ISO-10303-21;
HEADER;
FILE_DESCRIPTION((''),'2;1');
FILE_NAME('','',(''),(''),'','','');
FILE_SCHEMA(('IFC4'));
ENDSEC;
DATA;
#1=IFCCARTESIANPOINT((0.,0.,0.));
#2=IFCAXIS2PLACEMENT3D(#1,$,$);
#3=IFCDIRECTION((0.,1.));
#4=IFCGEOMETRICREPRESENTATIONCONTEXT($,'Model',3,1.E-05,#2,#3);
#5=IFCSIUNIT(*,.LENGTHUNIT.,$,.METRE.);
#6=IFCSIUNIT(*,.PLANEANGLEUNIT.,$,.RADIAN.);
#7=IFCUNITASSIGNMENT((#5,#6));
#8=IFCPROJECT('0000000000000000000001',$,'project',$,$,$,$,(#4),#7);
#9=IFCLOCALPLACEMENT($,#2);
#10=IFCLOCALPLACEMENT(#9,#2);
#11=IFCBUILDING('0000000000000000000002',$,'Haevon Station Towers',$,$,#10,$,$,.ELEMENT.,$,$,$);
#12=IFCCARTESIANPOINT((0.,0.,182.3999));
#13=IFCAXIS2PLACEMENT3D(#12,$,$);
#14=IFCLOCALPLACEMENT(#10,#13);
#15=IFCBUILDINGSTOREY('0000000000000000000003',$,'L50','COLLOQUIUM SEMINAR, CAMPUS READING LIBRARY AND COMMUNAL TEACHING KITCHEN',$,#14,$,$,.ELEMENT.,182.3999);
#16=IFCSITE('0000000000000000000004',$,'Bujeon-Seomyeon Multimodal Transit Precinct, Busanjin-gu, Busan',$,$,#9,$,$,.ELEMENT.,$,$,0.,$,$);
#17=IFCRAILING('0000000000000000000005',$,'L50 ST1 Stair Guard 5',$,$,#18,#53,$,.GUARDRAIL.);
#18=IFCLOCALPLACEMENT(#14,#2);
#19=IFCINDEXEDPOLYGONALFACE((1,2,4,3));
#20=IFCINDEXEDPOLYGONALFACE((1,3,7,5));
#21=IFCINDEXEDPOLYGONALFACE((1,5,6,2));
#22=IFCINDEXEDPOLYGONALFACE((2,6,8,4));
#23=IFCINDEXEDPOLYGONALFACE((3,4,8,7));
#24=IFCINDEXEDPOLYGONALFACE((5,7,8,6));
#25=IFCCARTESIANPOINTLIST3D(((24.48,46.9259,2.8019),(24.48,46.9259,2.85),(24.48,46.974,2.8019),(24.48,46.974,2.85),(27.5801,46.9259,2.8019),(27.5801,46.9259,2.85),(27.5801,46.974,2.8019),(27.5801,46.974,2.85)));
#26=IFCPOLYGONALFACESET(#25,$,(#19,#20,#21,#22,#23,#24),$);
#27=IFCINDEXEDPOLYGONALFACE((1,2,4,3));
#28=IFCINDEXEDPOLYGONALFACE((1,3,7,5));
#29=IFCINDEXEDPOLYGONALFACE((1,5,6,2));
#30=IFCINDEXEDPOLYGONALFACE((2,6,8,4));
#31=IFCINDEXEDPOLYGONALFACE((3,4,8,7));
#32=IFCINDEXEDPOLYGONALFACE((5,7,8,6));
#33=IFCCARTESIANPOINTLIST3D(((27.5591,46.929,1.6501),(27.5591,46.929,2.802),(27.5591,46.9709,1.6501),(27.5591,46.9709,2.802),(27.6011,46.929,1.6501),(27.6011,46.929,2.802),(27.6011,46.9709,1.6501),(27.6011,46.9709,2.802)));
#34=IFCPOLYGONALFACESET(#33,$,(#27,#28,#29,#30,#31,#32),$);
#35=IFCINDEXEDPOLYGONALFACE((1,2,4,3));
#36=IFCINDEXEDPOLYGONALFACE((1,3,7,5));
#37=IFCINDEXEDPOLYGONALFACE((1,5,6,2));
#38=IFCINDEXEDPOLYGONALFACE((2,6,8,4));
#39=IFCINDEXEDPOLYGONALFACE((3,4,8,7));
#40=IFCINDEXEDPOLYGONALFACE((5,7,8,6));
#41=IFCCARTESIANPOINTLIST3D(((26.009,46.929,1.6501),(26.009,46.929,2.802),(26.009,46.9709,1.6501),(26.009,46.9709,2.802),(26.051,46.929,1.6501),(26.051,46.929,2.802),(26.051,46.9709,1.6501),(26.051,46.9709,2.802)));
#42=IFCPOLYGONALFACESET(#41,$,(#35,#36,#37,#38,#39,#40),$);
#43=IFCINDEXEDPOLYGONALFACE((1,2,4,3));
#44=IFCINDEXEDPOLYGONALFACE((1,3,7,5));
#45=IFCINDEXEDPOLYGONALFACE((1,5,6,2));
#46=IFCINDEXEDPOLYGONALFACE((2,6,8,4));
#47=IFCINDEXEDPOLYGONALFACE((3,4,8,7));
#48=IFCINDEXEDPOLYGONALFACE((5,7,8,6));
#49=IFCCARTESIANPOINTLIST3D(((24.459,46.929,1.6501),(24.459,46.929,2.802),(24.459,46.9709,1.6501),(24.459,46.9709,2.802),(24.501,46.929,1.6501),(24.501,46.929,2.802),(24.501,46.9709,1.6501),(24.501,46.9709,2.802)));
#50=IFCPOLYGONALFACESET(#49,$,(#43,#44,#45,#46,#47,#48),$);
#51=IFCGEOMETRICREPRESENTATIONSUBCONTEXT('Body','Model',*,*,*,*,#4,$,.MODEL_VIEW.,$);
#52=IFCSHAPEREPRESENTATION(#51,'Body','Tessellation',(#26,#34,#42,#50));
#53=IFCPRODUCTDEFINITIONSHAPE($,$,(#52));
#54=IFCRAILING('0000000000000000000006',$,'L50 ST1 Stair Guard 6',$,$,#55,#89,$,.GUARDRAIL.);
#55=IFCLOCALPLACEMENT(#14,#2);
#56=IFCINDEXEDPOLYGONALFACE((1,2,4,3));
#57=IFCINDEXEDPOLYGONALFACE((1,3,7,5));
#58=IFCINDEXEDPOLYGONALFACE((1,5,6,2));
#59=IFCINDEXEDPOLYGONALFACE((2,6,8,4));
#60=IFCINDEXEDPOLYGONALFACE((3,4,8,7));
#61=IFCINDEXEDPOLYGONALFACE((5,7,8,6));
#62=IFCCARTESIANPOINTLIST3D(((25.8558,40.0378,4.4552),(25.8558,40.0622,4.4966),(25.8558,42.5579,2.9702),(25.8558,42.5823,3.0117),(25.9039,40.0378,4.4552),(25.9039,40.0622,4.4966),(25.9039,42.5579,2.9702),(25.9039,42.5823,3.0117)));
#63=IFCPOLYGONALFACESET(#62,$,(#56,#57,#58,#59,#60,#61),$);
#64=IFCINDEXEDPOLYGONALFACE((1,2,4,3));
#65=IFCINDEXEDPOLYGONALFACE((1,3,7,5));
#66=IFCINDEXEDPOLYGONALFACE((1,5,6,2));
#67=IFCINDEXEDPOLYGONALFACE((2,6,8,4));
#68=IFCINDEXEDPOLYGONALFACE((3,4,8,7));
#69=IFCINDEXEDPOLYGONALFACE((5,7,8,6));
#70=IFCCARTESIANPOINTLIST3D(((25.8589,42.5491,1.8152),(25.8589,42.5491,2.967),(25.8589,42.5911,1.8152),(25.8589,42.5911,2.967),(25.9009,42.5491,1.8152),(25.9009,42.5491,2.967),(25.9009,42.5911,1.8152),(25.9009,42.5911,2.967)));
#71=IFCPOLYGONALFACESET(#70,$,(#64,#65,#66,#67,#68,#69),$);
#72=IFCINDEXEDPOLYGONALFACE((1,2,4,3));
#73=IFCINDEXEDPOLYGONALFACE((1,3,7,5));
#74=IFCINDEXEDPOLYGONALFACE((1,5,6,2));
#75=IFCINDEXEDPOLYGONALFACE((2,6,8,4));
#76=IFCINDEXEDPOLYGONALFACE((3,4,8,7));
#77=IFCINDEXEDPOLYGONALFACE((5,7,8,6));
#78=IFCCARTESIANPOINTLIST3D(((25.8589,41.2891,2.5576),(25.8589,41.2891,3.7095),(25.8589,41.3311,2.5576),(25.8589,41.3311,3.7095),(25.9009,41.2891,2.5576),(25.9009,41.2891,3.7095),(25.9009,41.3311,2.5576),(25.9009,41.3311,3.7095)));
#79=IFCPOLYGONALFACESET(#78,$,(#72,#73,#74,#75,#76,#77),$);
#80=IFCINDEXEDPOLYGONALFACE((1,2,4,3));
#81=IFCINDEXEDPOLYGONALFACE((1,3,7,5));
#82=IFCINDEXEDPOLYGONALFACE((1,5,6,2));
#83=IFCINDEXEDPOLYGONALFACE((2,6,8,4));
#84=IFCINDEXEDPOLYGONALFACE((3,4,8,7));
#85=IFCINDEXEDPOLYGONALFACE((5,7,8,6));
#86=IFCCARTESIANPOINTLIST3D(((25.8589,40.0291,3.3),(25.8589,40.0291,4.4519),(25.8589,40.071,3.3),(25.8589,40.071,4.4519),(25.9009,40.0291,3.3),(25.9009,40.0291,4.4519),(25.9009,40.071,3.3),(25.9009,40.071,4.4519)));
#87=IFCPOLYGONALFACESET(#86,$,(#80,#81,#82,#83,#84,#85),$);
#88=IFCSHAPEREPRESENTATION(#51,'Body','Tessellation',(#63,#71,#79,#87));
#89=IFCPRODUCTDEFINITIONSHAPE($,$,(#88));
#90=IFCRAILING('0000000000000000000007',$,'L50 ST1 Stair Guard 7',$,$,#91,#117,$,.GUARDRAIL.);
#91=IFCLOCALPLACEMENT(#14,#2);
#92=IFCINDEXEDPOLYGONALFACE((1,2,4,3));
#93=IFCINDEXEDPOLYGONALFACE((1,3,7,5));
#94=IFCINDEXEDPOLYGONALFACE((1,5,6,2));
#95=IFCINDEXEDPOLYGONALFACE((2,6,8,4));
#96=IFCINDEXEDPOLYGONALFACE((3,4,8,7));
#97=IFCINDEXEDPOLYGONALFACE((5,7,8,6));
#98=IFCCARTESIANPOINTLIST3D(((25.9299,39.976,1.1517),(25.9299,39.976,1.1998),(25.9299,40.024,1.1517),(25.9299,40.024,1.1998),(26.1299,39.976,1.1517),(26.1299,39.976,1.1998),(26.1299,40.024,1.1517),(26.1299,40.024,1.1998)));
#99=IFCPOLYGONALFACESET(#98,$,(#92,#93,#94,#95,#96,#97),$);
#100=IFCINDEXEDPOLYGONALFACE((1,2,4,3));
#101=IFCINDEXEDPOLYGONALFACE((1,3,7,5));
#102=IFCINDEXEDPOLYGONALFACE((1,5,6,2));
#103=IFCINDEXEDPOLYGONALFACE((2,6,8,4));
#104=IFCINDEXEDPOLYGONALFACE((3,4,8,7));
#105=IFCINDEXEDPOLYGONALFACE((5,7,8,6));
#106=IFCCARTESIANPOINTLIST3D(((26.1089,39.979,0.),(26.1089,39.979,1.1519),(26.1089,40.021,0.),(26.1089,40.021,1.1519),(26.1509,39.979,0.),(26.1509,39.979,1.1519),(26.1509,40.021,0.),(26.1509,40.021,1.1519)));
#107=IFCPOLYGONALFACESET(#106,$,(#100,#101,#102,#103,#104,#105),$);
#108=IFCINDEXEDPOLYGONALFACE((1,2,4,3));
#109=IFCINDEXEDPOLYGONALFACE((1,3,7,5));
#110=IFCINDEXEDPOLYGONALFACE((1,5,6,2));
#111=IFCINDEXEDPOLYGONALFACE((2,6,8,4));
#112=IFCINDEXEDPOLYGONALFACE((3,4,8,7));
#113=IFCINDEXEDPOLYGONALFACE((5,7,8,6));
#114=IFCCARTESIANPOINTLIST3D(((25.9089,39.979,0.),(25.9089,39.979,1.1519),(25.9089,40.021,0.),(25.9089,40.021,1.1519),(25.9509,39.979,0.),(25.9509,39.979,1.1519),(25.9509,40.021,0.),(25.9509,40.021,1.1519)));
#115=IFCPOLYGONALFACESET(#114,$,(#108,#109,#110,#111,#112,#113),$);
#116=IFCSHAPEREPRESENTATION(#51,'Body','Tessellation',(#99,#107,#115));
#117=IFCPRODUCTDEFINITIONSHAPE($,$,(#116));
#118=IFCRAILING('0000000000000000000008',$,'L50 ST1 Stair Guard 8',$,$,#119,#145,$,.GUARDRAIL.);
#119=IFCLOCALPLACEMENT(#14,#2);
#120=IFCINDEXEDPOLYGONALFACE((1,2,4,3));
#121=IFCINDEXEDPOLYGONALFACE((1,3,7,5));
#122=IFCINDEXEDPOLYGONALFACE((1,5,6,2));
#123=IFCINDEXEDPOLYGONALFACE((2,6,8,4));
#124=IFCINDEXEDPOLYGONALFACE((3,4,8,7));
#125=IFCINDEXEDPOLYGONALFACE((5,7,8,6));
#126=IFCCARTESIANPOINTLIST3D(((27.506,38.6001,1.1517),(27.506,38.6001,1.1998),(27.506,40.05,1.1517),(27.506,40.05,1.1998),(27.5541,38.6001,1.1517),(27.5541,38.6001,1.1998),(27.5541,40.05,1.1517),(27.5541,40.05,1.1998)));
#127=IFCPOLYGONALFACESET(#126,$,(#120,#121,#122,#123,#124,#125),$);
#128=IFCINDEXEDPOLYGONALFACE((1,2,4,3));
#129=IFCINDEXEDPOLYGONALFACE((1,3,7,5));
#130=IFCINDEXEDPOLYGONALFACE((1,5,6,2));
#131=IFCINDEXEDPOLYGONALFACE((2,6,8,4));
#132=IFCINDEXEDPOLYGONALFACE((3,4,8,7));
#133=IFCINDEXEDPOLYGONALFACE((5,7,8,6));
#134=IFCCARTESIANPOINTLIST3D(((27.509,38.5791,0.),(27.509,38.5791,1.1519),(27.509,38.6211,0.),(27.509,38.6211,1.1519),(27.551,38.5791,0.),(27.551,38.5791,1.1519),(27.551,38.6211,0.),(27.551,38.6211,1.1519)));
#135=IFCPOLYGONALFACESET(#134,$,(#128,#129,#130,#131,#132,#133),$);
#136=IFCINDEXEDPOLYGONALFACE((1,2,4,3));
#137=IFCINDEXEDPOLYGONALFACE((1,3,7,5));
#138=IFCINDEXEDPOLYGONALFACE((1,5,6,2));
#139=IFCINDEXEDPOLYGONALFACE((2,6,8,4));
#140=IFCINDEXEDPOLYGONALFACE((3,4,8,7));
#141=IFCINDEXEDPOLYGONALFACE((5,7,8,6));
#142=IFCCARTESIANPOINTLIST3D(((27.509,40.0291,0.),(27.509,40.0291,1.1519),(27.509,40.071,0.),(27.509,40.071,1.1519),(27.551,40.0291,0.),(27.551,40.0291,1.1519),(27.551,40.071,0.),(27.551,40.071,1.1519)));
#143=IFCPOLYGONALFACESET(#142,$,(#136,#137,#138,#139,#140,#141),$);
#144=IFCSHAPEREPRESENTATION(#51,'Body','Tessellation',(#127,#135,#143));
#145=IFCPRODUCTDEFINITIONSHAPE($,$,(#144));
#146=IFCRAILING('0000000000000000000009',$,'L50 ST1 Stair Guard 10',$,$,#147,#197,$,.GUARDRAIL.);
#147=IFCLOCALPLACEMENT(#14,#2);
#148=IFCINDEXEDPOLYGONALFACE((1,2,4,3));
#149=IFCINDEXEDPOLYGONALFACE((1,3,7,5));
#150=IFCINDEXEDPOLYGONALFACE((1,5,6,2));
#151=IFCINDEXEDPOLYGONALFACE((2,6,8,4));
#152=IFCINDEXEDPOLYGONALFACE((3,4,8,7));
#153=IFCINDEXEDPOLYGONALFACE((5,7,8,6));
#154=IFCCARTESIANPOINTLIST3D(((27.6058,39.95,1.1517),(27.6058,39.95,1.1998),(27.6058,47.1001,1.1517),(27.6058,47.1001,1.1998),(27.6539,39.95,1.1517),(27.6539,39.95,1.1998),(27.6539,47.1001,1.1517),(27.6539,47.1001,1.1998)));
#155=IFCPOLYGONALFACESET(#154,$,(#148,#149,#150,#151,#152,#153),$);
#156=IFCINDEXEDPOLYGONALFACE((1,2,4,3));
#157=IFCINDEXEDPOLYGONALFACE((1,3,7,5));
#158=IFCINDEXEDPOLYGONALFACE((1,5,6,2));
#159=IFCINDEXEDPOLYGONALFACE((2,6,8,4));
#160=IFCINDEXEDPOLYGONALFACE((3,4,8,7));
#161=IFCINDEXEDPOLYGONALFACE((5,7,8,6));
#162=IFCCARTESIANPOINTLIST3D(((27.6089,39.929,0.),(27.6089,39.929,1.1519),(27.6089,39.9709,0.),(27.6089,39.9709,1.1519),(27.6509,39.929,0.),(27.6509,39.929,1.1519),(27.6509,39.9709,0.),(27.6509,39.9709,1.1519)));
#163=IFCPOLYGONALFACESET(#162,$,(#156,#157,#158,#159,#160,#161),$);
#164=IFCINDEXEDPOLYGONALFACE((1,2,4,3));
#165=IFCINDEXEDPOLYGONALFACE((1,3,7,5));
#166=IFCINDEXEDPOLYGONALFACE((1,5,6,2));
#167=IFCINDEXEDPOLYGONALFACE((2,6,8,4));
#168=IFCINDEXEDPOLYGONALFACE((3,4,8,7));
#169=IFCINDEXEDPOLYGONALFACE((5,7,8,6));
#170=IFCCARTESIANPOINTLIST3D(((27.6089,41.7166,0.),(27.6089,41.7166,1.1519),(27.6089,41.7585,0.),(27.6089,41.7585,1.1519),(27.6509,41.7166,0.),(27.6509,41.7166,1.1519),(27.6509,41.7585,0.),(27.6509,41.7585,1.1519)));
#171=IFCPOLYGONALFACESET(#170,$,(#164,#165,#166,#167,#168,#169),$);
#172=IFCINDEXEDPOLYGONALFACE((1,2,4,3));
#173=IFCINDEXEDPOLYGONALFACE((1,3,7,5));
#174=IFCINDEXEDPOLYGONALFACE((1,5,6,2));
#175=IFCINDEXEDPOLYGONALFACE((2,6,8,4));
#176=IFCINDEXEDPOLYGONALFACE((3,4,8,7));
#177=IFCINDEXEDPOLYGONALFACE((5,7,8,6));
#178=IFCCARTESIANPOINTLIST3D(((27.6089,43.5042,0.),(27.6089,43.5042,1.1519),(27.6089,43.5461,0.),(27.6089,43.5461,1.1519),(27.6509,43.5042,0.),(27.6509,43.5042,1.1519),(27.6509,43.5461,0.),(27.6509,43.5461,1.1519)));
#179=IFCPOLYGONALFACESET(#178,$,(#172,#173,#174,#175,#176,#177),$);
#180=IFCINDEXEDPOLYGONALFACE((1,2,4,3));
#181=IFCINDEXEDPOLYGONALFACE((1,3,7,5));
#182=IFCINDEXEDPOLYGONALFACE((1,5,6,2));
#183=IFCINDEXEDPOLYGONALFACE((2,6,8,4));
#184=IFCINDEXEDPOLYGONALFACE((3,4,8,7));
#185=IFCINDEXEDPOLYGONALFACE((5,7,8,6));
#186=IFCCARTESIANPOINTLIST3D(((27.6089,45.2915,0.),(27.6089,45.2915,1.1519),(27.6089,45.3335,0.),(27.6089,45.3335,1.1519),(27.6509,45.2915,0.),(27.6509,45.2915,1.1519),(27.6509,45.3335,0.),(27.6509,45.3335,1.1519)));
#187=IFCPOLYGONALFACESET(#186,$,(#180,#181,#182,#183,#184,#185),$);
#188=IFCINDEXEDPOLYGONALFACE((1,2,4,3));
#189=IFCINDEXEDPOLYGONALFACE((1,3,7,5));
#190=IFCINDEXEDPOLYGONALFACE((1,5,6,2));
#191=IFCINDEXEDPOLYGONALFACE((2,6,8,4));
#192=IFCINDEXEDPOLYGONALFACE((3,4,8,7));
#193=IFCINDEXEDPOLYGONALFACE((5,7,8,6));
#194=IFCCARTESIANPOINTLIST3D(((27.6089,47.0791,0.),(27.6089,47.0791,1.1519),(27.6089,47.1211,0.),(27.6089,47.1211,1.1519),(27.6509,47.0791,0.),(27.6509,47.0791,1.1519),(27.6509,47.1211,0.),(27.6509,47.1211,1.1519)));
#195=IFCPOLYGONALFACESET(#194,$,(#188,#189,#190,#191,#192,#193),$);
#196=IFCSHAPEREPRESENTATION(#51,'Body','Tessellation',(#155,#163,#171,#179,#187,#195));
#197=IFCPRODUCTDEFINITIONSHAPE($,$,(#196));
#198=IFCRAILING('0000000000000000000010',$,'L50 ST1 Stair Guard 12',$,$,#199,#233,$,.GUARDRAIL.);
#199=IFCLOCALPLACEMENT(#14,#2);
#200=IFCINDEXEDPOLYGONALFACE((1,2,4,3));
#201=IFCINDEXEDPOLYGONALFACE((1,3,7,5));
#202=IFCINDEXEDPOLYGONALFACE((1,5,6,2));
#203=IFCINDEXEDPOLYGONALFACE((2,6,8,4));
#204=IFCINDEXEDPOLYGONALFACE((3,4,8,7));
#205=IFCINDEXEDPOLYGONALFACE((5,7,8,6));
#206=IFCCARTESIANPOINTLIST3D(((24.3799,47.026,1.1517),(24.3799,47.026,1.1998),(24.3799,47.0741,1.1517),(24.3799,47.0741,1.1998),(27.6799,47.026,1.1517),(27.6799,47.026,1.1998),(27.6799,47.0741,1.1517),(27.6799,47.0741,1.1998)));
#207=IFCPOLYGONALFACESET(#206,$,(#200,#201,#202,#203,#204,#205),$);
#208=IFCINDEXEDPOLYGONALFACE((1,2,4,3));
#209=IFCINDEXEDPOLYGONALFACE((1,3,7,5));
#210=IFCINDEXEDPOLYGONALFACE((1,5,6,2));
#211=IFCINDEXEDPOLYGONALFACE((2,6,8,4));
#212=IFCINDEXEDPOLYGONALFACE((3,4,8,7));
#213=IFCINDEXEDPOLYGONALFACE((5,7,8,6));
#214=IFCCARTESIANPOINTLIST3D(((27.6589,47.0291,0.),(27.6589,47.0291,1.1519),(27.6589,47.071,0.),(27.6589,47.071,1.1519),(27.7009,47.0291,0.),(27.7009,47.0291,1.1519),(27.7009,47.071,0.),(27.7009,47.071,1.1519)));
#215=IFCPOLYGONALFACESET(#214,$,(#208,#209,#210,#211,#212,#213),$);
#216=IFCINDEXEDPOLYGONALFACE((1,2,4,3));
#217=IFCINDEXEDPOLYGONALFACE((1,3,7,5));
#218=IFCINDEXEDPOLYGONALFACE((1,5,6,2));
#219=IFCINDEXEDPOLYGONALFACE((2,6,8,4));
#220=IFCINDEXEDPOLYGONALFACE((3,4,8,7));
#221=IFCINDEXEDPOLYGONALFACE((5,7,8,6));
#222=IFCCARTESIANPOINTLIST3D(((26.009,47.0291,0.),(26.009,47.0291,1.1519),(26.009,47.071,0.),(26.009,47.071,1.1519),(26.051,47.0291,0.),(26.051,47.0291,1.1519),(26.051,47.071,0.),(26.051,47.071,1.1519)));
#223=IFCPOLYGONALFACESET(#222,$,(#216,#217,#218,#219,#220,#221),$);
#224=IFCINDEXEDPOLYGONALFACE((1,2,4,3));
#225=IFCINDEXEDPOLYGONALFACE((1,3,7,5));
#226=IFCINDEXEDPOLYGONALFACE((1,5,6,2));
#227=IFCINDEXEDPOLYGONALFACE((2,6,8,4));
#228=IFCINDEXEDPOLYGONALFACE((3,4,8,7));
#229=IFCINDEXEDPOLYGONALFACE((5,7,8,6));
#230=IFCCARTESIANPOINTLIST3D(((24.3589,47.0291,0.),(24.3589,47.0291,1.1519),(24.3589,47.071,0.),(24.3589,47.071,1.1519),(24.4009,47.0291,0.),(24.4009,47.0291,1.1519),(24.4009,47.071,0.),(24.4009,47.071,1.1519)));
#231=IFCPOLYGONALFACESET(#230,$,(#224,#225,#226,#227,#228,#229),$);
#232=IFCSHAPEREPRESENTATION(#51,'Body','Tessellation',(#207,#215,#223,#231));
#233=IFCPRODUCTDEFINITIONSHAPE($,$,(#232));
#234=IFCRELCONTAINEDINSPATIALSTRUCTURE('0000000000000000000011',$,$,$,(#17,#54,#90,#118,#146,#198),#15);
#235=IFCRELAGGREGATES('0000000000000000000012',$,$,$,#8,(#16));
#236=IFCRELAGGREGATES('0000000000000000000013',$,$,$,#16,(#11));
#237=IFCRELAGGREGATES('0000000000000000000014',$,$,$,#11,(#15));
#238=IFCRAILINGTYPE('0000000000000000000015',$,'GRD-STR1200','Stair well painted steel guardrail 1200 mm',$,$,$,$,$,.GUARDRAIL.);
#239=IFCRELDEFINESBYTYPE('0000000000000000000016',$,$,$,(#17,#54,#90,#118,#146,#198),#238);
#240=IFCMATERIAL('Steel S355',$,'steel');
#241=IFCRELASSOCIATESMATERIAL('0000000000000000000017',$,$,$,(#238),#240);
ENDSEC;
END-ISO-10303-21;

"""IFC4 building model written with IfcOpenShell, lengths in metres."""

from ifc_helpers import new_model, si_unit, direction, frame, origin, origin_2d, place, context, subcontext, project, spatial, rectangle, extrude, material, type_object, element, save


model = new_model("IFC4")

# Units and contexts
model_context = context("Model", 3, precision=1e-05, world=origin(), true_north=direction((0.0, 1.0)))
body_context = subcontext(model_context, "Body", "Model", "MODEL_VIEW")
ifc_project = project(units=[si_unit("LENGTHUNIT", "METRE"), si_unit("PLANEANGLEUNIT", "RADIAN")], contexts=[model_context])

# Site, building, storey
site_placement = place(None, origin())
site = spatial("IfcSite", under=ifc_project, at=site_placement, Name="Bujeon-Seomyeon Multimodal Transit Precinct, Busanjin-gu, Busan", CompositionType="ELEMENT", RefElevation=0.0)
building_placement = place(site_placement, origin())
building = spatial("IfcBuilding", under=site, at=building_placement, Name="Haevon Station Towers", CompositionType="ELEMENT")
storey_placement = place(building_placement, frame((0.0, 0.0, 182.3999)))
storey = spatial("IfcBuildingStorey", under=building, at=storey_placement, Name="L50", Description="COLLOQUIUM SEMINAR, CAMPUS READING LIBRARY AND COMMUNAL TEACHING KITCHEN", CompositionType="ELEMENT", Elevation=182.3999)

# Shared definitions
ifc_material_1 = material(Name="Steel S355", Category="steel")

# Railings
railing_type_1 = type_object("IfcRailingType", Name="GRD-STR1200", Description="Stair well painted steel guardrail 1200 mm", PredefinedType="GUARDRAIL", material=ifc_material_1)
railing_1_placement = place(storey_placement, frame((27.5801, 46.95, 1.6501)))
element("IfcRailing", 1, at=railing_1_placement, inside=storey, type_object=railing_type_1, Name="L50 ST1 Stair Guard 5", PredefinedType="GUARDRAIL", context=body_context, shape_type="SweptSolid", body=[
    extrude(rectangle(XDim=0.0481, YDim=0.0481, at=origin_2d()), frame((0.0, 0.0, 1.1758), z_axis=(-1.0, 0.0, 0.0), x_axis=(0.0, -1.0, 0.0)), (0.0, 0.0, 1.0), 3.1001),
    extrude(rectangle(XDim=0.042, YDim=0.042, at=origin_2d()), origin(), (0.0, 0.0, 1.0), 1.1519),
    extrude(rectangle(XDim=0.042, YDim=0.042, at=origin_2d()), frame((-1.55, 0.0, 0.0)), (0.0, 0.0, 1.0), 1.1519),
    extrude(rectangle(XDim=0.042, YDim=0.042, at=origin_2d()), frame((-3.1001, 0.0, 0.0)), (0.0, 0.0, 1.0), 1.1519),
])
railing_2_placement = place(storey_placement, frame((25.8799, 42.5701, 1.8152)))
element("IfcRailing", 2, at=railing_2_placement, inside=storey, type_object=railing_type_1, Name="L50 ST1 Stair Guard 6", PredefinedType="GUARDRAIL", context=body_context, shape_type="SweptSolid", body=[
    extrude(rectangle(XDim=0.0481, YDim=0.0481, at=origin_2d()), frame((0.0, 0.0, 1.1758), z_axis=(0.0, -0.861561, 0.507655), x_axis=(1.0, 0.0, 0.0)), (0.0, 0.0, 1.0), 2.925),
    extrude(rectangle(XDim=0.042, YDim=0.042, at=origin_2d()), origin(), (0.0, 0.0, 1.0), 1.1519),
    extrude(rectangle(XDim=0.042, YDim=0.042, at=origin_2d()), frame((0.0, -1.26, 0.7424)), (0.0, 0.0, 1.0), 1.1519),
    extrude(rectangle(XDim=0.042, YDim=0.042, at=origin_2d()), frame((0.0, -2.52, 1.4849)), (0.0, 0.0, 1.0), 1.1519),
])
railing_3_placement = place(storey_placement, frame((26.1299, 40.0, 0.0)))
element("IfcRailing", 3, at=railing_3_placement, inside=storey, type_object=railing_type_1, Name="L50 ST1 Stair Guard 7", PredefinedType="GUARDRAIL", context=body_context, shape_type="SweptSolid", body=[
    extrude(rectangle(XDim=0.0481, YDim=0.0481, at=origin_2d()), frame((0.0, 0.0, 1.1758), z_axis=(-1.0, 0.0, 0.0), x_axis=(0.0, -1.0, 0.0)), (0.0, 0.0, 1.0), 0.2),
    extrude(rectangle(XDim=0.042, YDim=0.042, at=origin_2d()), origin(), (0.0, 0.0, 1.0), 1.1519),
    extrude(rectangle(XDim=0.042, YDim=0.042, at=origin_2d()), frame((-0.2, 0.0, 0.0)), (0.0, 0.0, 1.0), 1.1519),
])
railing_4_placement = place(storey_placement, frame((27.53, 38.6001, 0.0)))
element("IfcRailing", 4, at=railing_4_placement, inside=storey, type_object=railing_type_1, Name="L50 ST1 Stair Guard 8", PredefinedType="GUARDRAIL", context=body_context, shape_type="SweptSolid", body=[
    extrude(rectangle(XDim=0.0481, YDim=0.0481, at=origin_2d()), frame((0.0, 0.0, 1.1758), z_axis=(0.0, 1.0, 0.0), x_axis=(-1.0, 0.0, 0.0)), (0.0, 0.0, 1.0), 1.45),
    extrude(rectangle(XDim=0.042, YDim=0.042, at=origin_2d()), origin(), (0.0, 0.0, 1.0), 1.1519),
    extrude(rectangle(XDim=0.042, YDim=0.042, at=origin_2d()), frame((0.0, 1.45, 0.0)), (0.0, 0.0, 1.0), 1.1519),
])
railing_5_placement = place(storey_placement, frame((27.6299, 39.95, 0.0)))
element("IfcRailing", 5, at=railing_5_placement, inside=storey, type_object=railing_type_1, Name="L50 ST1 Stair Guard 10", PredefinedType="GUARDRAIL", context=body_context, shape_type="SweptSolid", body=[
    extrude(rectangle(XDim=0.0481, YDim=0.0481, at=origin_2d()), frame((0.0, 0.0, 1.1758), z_axis=(0.0, 1.0, 0.0), x_axis=(-1.0, 0.0, 0.0)), (0.0, 0.0, 1.0), 7.1501),
    extrude(rectangle(XDim=0.042, YDim=0.042, at=origin_2d()), origin(), (0.0, 0.0, 1.0), 1.1519),
    extrude(rectangle(XDim=0.042, YDim=0.042, at=origin_2d()), frame((0.0, 1.7876, 0.0)), (0.0, 0.0, 1.0), 1.1519),
    extrude(rectangle(XDim=0.042, YDim=0.042, at=origin_2d()), frame((0.0, 3.5752, 0.0)), (0.0, 0.0, 1.0), 1.1519),
    extrude(rectangle(XDim=0.042, YDim=0.042, at=origin_2d()), frame((0.0, 5.3625, 0.0)), (0.0, 0.0, 1.0), 1.1519),
    extrude(rectangle(XDim=0.042, YDim=0.042, at=origin_2d()), frame((0.0, 7.1501, 0.0)), (0.0, 0.0, 1.0), 1.1519),
])
railing_6_placement = place(storey_placement, frame((27.6799, 47.05, 0.0)))
element("IfcRailing", 6, at=railing_6_placement, inside=storey, type_object=railing_type_1, Name="L50 ST1 Stair Guard 12", PredefinedType="GUARDRAIL", context=body_context, shape_type="SweptSolid", body=[
    extrude(rectangle(XDim=0.0481, YDim=0.0481, at=origin_2d()), frame((0.0, 0.0, 1.1758), z_axis=(-1.0, 0.0, 0.0), x_axis=(0.0, -1.0, 0.0)), (0.0, 0.0, 1.0), 3.3),
    extrude(rectangle(XDim=0.042, YDim=0.042, at=origin_2d()), origin(), (0.0, 0.0, 1.0), 1.1519),
    extrude(rectangle(XDim=0.042, YDim=0.042, at=origin_2d()), frame((-1.6499, 0.0, 0.0)), (0.0, 0.0, 1.0), 1.1519),
    extrude(rectangle(XDim=0.042, YDim=0.042, at=origin_2d()), frame((-3.3, 0.0, 0.0)), (0.0, 0.0, 1.0), 1.1519),
])

save(model, "model.ifc")
